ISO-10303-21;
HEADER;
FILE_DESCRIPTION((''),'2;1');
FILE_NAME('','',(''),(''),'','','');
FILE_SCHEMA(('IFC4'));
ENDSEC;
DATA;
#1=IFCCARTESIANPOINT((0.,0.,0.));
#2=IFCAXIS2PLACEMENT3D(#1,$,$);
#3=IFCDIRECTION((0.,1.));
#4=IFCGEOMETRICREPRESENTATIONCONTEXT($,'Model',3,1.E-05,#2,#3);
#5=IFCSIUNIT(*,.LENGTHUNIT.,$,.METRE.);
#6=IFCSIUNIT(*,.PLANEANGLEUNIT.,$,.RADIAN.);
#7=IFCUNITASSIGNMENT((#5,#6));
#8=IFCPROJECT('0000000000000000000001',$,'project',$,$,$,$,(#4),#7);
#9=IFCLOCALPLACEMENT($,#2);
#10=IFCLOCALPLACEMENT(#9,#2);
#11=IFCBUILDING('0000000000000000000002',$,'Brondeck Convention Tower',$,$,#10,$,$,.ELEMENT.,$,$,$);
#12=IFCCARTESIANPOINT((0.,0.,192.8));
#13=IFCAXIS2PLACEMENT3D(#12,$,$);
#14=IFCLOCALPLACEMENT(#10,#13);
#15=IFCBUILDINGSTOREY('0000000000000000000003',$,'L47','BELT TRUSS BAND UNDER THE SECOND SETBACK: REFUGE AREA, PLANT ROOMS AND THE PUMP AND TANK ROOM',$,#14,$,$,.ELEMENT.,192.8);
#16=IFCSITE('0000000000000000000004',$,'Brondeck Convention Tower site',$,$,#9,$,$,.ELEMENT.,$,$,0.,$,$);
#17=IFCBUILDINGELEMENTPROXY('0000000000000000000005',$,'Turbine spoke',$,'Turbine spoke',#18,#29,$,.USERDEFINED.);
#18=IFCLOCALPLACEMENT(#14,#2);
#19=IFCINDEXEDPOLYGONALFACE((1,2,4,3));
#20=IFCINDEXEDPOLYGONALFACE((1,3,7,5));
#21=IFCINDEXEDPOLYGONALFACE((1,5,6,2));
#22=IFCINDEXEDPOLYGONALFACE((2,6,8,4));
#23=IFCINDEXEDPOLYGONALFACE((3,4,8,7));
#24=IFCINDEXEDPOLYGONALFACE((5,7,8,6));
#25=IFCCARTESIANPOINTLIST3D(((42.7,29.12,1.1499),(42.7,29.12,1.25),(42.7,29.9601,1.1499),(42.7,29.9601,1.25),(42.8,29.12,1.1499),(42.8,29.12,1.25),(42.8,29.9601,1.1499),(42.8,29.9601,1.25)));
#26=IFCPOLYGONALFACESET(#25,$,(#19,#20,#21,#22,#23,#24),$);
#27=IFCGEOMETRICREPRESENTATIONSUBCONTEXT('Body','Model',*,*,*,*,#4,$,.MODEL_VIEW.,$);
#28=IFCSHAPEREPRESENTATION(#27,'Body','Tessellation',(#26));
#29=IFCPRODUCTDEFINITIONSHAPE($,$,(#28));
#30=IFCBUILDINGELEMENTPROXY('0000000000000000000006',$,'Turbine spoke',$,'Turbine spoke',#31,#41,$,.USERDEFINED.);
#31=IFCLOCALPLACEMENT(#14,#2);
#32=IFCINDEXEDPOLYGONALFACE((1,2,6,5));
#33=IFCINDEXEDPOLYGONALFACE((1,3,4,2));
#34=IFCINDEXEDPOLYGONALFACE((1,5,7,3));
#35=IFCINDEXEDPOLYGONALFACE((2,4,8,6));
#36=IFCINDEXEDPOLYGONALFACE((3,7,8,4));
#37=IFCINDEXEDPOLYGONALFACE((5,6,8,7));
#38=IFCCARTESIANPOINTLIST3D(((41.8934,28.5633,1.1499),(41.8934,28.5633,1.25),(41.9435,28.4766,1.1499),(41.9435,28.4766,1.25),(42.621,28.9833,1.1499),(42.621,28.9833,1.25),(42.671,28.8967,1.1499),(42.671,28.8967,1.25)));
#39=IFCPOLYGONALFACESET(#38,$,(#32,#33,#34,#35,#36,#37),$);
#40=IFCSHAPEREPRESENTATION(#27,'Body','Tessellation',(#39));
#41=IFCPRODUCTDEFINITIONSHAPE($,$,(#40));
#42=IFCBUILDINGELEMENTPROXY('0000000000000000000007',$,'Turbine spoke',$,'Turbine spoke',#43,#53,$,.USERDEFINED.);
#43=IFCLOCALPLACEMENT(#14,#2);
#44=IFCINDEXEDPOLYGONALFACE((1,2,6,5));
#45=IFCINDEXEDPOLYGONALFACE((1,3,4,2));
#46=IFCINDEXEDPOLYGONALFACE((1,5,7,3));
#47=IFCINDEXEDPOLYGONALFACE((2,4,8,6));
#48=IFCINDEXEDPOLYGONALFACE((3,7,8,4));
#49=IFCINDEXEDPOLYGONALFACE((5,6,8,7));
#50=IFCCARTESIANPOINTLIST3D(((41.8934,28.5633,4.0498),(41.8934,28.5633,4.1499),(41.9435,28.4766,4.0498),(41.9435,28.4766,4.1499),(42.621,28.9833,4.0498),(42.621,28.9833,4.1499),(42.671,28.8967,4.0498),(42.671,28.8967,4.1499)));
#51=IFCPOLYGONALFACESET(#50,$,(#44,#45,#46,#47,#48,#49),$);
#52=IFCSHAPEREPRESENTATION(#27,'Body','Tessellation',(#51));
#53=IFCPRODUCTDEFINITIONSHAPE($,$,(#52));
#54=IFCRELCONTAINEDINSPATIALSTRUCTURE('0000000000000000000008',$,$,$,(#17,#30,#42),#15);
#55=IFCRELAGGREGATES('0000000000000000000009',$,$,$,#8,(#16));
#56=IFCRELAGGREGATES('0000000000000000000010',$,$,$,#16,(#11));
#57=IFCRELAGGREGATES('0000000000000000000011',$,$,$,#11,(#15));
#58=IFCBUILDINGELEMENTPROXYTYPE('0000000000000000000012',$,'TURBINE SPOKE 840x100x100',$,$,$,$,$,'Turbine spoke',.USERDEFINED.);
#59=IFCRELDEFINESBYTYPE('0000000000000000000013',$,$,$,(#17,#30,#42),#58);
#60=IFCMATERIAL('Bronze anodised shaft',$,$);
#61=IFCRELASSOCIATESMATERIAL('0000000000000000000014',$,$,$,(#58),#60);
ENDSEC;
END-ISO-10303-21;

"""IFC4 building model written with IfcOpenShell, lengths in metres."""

from ifc_helpers import new_model, si_unit, direction, frame, origin, origin_2d, place, context, subcontext, project, spatial, rectangle, extrude, material, type_object, element, save


model = new_model("IFC4")

# Units and contexts
model_context = context("Model", 3, precision=1e-05, world=origin(), true_north=direction((0.0, 1.0)))
body_context = subcontext(model_context, "Body", "Model", "MODEL_VIEW")
ifc_project = project(units=[si_unit("LENGTHUNIT", "METRE"), si_unit("PLANEANGLEUNIT", "RADIAN")], contexts=[model_context])

# Site, building, storey
site_placement = place(None, origin())
site = spatial("IfcSite", under=ifc_project, at=site_placement, Name="Brondeck Convention Tower site", CompositionType="ELEMENT", RefElevation=0.0)
building_placement = place(site_placement, origin())
building = spatial("IfcBuilding", under=site, at=building_placement, Name="Brondeck Convention Tower", CompositionType="ELEMENT")
storey_placement = place(building_placement, frame((0.0, 0.0, 192.8)))
storey = spatial("IfcBuildingStorey", under=building, at=storey_placement, Name="L47", Description="BELT TRUSS BAND UNDER THE SECOND SETBACK: REFUGE AREA, PLANT ROOMS AND THE PUMP AND TANK ROOM", CompositionType="ELEMENT", Elevation=192.8)

# Building element proxies
ifc_material_1 = material(Name="Bronze anodised shaft")
building_element_proxy_type_1 = type_object("IfcBuildingElementProxyType", Name="TURBINE SPOKE 840x100x100", ElementType="Turbine spoke", PredefinedType="USERDEFINED", material=ifc_material_1)
for number, where, z_axis, x_axis, name in (
    (1, (42.75, 29.54, 1.1499), (0.0, 0.0, 1.0), (0.0, 1.0, 0.0), "Turbine spoke"),
    (2, (42.2822, 28.73, 1.1499), (0.0, 0.0, 1.0), (-0.866025, -0.5, 0.0), "Turbine spoke"),
    (3, (42.2822, 28.73, 4.0498), (0.0, 0.0, 1.0), (-0.866025, -0.5, 0.0), "Turbine spoke"),
):
    element("IfcBuildingElementProxy", number, at=place(storey_placement, frame(where, z_axis=z_axis, x_axis=x_axis)), inside=storey, type_object=building_element_proxy_type_1, Name=name, ObjectType="Turbine spoke", PredefinedType="USERDEFINED", context=body_context, shape_type="SweptSolid", body=[
        extrude(rectangle(XDim=0.8401, YDim=0.1001, at=origin_2d()), origin(), (0.0, 0.0, 1.0), 0.1001),
    ])

save(model, "model.ifc")
